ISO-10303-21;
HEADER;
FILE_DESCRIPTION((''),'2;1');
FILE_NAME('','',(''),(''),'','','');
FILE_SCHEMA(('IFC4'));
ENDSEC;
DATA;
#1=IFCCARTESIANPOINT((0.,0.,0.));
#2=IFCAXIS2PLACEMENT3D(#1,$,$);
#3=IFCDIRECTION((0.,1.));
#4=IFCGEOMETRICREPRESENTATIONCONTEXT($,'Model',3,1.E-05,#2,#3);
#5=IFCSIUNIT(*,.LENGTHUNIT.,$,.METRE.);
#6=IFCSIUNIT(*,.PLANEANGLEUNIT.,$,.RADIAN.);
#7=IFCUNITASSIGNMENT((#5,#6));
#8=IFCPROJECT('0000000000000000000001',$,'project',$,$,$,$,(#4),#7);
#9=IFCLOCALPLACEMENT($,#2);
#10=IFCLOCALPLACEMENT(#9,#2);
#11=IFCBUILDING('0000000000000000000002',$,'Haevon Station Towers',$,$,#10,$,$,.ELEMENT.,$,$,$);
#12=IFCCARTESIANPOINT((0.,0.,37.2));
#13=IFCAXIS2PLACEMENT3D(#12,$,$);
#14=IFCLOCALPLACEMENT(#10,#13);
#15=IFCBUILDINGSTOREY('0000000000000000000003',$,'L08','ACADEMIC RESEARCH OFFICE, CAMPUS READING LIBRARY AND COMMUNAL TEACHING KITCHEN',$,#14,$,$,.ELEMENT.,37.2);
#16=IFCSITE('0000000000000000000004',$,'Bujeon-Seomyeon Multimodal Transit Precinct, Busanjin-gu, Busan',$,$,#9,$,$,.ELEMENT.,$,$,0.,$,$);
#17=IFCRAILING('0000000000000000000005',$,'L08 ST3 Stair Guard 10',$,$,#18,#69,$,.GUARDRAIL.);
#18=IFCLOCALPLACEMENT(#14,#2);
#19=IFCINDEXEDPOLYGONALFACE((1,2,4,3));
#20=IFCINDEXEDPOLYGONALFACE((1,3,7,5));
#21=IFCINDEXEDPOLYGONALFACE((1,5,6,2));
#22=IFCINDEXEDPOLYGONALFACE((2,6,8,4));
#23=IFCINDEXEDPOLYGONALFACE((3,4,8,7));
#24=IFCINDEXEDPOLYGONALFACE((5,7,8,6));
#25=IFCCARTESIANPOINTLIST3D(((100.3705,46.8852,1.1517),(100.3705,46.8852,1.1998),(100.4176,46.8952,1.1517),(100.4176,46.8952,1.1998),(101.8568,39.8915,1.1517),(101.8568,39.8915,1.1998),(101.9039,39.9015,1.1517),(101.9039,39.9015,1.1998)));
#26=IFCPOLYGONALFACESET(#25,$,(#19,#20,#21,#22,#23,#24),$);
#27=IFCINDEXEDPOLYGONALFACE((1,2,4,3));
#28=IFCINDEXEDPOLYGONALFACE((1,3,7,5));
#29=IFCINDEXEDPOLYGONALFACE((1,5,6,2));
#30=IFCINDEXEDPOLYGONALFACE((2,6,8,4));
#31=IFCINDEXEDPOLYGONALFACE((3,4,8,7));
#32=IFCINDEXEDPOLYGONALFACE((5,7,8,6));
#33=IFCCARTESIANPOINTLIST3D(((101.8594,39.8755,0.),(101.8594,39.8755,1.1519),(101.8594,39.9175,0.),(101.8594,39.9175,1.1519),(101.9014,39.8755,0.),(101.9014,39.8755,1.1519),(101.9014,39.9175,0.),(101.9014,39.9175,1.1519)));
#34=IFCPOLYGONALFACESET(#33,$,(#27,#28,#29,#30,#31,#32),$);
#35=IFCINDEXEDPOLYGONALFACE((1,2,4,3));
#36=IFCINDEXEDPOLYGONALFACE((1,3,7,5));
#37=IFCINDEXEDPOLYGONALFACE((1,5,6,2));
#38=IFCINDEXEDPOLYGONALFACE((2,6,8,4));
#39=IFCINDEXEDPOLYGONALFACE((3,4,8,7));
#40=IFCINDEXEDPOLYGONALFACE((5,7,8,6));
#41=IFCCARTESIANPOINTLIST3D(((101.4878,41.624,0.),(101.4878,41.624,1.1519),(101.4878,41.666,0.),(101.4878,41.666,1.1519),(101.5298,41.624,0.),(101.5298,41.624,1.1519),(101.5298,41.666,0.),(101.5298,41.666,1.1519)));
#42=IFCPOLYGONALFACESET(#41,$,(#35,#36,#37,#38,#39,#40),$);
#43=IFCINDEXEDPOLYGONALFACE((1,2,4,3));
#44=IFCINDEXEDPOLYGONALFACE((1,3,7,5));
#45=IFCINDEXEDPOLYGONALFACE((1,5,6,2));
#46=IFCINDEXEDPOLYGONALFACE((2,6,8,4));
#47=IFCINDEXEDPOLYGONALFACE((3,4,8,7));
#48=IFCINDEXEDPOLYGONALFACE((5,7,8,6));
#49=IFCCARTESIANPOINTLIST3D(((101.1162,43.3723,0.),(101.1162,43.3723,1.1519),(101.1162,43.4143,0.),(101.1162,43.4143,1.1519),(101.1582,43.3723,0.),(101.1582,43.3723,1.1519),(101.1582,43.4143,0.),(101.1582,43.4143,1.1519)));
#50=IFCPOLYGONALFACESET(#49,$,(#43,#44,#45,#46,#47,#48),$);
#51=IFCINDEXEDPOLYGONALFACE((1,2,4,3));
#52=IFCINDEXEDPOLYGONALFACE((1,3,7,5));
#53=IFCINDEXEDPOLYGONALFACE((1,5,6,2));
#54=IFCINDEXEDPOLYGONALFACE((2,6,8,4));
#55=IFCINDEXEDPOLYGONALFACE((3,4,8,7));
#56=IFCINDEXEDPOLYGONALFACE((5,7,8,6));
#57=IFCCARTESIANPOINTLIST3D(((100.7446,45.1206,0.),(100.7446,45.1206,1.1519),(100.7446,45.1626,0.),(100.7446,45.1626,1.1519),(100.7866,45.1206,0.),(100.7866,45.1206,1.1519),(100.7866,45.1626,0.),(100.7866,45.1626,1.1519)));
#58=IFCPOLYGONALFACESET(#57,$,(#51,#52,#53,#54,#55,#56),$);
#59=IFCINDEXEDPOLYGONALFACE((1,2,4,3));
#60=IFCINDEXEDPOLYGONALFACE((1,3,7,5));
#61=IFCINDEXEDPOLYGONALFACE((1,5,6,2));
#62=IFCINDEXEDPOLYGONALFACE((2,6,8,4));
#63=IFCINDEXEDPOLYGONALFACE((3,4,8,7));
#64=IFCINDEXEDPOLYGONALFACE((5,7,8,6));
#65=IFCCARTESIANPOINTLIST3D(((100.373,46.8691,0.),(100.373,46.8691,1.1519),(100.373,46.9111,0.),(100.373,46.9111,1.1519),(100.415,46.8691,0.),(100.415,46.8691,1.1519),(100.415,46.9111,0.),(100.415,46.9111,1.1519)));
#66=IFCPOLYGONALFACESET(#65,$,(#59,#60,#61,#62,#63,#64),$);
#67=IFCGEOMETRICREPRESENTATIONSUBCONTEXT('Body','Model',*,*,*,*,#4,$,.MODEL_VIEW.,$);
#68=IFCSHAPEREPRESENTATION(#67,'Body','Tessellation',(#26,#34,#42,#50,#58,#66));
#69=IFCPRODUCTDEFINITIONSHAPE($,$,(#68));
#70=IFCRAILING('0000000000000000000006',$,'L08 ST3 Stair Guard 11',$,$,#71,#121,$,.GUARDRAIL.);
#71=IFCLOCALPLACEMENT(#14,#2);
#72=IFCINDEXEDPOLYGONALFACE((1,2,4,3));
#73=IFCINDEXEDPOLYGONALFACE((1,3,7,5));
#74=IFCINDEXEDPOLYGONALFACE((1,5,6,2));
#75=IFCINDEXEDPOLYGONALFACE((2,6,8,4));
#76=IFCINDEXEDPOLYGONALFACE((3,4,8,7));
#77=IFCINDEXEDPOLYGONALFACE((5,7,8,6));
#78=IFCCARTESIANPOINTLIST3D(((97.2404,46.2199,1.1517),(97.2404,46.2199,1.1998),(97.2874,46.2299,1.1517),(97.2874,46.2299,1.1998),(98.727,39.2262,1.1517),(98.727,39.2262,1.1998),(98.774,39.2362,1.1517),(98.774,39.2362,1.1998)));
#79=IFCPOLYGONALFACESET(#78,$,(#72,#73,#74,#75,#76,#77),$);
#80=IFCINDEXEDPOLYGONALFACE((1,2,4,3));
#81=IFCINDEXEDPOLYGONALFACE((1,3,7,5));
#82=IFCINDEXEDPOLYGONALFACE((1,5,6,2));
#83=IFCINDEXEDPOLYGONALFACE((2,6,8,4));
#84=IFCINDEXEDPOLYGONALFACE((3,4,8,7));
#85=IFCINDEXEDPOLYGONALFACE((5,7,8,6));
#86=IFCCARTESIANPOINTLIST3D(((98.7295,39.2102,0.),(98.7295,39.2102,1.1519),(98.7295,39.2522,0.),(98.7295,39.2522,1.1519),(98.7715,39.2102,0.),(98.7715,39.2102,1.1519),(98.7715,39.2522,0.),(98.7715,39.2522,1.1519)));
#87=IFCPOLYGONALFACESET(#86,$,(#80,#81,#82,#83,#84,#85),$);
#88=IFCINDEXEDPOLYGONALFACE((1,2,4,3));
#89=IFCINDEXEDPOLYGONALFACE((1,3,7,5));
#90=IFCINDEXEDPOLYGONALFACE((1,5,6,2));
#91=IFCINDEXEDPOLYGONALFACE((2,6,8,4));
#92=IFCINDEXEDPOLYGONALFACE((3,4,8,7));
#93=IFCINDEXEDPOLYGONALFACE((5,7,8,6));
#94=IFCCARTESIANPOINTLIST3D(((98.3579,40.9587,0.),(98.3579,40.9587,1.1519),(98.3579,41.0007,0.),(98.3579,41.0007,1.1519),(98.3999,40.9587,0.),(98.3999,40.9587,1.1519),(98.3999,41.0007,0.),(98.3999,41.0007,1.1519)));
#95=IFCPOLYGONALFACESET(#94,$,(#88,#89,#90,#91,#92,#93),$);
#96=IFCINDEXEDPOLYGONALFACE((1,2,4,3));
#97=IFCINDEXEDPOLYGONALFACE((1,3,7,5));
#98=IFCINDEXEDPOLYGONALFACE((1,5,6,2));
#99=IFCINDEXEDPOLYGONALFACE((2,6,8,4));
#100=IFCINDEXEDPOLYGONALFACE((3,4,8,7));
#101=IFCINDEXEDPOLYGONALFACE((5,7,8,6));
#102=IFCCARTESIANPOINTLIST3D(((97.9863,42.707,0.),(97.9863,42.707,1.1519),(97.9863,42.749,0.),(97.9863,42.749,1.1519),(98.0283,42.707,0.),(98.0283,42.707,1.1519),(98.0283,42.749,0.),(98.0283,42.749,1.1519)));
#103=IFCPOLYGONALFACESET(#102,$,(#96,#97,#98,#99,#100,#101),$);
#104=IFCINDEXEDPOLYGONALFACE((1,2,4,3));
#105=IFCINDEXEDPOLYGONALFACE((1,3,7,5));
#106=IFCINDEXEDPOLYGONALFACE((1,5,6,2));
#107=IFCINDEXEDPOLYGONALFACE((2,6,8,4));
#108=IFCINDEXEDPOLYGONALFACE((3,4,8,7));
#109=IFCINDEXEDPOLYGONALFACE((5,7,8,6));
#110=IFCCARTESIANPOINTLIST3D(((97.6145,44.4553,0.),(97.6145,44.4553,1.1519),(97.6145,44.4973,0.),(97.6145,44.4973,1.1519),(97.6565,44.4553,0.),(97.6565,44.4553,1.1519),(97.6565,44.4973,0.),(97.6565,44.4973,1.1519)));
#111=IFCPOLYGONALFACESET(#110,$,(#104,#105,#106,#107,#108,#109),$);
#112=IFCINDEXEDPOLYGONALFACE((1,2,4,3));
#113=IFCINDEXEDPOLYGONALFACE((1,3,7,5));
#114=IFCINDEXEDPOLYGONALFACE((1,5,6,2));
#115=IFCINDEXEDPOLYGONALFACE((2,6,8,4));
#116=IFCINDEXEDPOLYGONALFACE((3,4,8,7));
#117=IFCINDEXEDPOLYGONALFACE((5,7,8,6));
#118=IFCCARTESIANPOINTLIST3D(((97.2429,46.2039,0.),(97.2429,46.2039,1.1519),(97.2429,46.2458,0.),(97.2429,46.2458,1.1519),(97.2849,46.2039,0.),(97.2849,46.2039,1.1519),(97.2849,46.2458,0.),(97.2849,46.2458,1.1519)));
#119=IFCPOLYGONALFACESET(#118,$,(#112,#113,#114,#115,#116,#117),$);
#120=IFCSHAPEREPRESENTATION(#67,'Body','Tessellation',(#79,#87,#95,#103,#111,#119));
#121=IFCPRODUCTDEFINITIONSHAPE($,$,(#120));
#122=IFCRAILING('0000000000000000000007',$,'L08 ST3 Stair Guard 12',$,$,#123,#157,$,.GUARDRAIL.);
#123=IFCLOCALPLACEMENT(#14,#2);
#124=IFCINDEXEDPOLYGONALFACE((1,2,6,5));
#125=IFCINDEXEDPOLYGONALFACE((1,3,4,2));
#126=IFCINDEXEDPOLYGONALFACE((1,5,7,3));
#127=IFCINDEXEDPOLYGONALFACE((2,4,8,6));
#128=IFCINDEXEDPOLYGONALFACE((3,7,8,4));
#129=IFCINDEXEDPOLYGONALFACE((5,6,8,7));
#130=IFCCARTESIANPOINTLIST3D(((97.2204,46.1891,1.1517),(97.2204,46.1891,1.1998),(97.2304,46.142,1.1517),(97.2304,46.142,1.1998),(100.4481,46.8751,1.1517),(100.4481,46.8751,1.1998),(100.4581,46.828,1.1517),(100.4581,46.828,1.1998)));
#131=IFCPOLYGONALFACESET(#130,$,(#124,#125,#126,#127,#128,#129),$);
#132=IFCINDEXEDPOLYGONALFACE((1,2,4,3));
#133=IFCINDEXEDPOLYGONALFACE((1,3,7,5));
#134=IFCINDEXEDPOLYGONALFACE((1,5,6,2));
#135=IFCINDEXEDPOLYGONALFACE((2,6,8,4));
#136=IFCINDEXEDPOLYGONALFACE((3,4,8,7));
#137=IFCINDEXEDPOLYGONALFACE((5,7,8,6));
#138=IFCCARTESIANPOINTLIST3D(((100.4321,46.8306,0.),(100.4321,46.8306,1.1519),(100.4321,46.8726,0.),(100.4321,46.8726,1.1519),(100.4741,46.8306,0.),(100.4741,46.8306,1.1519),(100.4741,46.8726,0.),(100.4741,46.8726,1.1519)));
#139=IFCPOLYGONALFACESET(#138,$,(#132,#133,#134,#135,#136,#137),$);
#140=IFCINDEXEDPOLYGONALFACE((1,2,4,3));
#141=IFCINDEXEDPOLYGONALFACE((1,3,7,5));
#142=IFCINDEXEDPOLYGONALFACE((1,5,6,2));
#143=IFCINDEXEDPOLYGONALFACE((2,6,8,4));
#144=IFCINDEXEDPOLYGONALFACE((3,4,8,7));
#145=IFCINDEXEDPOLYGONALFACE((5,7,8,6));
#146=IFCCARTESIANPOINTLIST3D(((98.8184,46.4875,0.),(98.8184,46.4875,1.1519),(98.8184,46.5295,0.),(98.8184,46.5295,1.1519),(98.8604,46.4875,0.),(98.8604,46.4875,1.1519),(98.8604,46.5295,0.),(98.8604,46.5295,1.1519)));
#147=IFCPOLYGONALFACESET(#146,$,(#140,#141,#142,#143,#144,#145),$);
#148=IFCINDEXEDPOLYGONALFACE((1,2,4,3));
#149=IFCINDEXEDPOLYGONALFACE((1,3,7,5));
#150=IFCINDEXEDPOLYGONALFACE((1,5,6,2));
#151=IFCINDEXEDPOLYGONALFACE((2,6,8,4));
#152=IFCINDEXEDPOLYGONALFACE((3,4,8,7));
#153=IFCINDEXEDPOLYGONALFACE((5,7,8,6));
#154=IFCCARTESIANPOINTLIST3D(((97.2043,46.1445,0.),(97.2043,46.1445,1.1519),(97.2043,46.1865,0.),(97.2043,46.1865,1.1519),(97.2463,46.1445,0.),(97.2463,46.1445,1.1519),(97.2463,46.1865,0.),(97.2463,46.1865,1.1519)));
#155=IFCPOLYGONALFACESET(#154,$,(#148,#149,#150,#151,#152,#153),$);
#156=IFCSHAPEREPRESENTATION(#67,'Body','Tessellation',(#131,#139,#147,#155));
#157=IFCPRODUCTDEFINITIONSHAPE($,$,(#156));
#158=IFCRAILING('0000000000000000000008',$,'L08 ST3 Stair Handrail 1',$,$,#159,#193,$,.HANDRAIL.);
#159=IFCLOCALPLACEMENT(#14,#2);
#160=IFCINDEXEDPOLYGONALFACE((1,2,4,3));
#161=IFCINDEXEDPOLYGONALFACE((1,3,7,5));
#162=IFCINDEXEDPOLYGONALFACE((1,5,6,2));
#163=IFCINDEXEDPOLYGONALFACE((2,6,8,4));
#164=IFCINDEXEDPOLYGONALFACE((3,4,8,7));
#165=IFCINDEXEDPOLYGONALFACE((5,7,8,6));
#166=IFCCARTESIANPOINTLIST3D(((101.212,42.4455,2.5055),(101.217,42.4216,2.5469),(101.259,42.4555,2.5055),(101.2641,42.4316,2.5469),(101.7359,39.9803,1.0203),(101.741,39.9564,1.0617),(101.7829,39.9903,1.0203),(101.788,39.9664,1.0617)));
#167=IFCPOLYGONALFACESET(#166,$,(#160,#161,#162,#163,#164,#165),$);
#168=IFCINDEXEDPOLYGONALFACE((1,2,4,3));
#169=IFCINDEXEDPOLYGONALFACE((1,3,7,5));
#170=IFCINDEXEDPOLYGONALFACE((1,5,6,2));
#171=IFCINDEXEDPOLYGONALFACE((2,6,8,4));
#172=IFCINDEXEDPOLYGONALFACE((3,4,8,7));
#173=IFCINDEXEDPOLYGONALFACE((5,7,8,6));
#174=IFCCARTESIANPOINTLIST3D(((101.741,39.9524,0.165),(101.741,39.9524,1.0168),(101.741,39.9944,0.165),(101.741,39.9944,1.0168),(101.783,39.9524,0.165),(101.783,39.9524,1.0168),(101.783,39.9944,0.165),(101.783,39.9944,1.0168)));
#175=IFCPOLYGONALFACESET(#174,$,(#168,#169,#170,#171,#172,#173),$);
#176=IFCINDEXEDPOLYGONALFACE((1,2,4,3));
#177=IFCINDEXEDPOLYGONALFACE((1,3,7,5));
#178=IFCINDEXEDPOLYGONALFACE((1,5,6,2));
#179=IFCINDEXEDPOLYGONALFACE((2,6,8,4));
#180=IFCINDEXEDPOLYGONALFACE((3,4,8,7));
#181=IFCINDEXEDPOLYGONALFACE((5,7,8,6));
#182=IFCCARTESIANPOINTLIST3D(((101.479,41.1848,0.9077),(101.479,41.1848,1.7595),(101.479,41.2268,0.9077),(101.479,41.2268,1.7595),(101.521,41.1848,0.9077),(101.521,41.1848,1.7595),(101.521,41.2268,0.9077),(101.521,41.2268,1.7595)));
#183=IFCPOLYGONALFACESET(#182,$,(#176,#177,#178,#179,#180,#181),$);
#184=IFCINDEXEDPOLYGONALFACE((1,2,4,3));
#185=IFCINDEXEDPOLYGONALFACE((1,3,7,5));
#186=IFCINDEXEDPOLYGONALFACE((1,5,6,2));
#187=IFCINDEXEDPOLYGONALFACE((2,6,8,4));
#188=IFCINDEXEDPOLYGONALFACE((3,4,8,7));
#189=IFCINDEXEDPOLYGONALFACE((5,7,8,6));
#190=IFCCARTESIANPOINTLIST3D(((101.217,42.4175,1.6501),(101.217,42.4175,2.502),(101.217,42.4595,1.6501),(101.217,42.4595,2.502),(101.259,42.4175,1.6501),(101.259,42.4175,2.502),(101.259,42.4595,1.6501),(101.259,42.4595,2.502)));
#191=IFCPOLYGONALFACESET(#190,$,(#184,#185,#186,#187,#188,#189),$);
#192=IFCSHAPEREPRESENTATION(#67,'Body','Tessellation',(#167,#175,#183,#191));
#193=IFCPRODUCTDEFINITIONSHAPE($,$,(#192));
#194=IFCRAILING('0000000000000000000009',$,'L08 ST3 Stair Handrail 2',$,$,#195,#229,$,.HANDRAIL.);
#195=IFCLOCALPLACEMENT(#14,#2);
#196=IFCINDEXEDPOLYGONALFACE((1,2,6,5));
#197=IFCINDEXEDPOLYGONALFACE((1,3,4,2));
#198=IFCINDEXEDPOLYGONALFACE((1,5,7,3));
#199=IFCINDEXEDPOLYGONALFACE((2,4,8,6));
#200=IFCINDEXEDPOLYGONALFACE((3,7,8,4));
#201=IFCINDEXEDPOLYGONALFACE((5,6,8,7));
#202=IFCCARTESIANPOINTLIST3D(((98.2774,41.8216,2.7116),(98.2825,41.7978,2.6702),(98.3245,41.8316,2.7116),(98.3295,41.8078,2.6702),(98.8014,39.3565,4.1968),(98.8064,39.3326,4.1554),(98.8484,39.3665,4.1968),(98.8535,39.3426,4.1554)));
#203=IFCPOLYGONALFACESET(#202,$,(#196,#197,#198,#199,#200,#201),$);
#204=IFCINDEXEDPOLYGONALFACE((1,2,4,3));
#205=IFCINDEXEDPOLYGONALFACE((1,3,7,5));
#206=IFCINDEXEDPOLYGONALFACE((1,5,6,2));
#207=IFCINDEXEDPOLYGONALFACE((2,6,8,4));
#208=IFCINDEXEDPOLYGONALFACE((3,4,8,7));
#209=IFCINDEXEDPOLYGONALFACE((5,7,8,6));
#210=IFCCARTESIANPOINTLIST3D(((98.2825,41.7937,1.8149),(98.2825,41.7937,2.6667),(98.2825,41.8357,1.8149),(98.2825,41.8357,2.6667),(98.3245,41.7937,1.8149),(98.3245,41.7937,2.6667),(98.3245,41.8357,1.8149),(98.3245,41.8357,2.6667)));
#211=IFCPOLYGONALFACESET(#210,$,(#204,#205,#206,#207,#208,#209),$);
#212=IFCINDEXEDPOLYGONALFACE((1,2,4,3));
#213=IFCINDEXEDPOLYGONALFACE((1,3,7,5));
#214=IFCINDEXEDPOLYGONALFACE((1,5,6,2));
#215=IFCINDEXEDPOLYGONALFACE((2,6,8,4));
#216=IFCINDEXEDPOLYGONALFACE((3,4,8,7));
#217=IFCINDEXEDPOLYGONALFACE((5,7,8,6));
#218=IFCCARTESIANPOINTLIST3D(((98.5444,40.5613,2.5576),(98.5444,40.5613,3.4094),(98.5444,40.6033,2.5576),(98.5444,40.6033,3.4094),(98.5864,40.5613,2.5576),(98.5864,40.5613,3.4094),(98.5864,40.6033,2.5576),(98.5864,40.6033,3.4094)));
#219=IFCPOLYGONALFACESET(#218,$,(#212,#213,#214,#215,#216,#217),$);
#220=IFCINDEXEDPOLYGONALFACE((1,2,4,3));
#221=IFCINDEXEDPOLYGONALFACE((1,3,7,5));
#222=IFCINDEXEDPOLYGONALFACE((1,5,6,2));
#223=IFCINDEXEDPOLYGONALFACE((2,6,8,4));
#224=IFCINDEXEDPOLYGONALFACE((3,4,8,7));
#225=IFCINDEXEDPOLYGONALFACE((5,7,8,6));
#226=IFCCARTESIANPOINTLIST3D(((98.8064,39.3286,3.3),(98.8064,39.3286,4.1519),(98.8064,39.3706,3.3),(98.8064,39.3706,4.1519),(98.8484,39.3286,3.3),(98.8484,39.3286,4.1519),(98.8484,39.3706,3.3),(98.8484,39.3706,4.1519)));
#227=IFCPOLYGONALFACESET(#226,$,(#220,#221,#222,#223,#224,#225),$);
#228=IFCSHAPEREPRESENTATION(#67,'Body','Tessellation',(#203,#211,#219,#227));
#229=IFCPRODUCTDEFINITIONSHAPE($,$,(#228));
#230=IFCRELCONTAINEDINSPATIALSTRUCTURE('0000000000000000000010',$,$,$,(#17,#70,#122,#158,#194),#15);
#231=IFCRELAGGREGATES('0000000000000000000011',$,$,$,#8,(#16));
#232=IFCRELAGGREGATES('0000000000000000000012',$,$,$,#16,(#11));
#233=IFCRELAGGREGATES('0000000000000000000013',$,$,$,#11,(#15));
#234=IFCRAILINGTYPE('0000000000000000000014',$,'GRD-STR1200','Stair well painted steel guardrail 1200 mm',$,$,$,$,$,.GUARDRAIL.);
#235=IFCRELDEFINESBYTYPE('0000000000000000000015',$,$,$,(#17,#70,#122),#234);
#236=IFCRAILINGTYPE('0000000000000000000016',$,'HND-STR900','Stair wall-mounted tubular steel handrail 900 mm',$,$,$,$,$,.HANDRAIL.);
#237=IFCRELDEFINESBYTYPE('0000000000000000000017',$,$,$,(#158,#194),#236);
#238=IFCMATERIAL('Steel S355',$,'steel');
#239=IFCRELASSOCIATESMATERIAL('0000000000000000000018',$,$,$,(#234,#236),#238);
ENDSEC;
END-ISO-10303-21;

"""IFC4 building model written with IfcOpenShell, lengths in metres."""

from ifc_helpers import new_model, si_unit, direction, frame, origin, origin_2d, place, context, subcontext, project, spatial, rectangle, extrude, material, type_object, element, save


model = new_model("IFC4")

# Units and contexts
model_context = context("Model", 3, precision=1e-05, world=origin(), true_north=direction((0.0, 1.0)))
body_context = subcontext(model_context, "Body", "Model", "MODEL_VIEW")
ifc_project = project(units=[si_unit("LENGTHUNIT", "METRE"), si_unit("PLANEANGLEUNIT", "RADIAN")], contexts=[model_context])

# Site, building, storey
site_placement = place(None, origin())
site = spatial("IfcSite", under=ifc_project, at=site_placement, Name="Bujeon-Seomyeon Multimodal Transit Precinct, Busanjin-gu, Busan", CompositionType="ELEMENT", RefElevation=0.0)
building_placement = place(site_placement, origin())
building = spatial("IfcBuilding", under=site, at=building_placement, Name="Haevon Station Towers", CompositionType="ELEMENT")
storey_placement = place(building_placement, frame((0.0, 0.0, 37.2)))
storey = spatial("IfcBuildingStorey", under=building, at=storey_placement, Name="L08", Description="ACADEMIC RESEARCH OFFICE, CAMPUS READING LIBRARY AND COMMUNAL TEACHING KITCHEN", CompositionType="ELEMENT", Elevation=37.2)

# Shared definitions
ifc_material_1 = material(Name="Steel S355", Category="steel")

# Railings
railing_type_1 = type_object("IfcRailingType", Name="GRD-STR1200", Description="Stair well painted steel guardrail 1200 mm", PredefinedType="GUARDRAIL", material=ifc_material_1)
railing_1_placement = place(storey_placement, frame((101.8804, 39.8965, 0.0)))
element("IfcRailing", 1, at=railing_1_placement, inside=storey, type_object=railing_type_1, Name="L08 ST3 Stair Guard 10", PredefinedType="GUARDRAIL", context=body_context, shape_type="SweptSolid", body=[
    extrude(rectangle(XDim=0.0481, YDim=0.0481, at=origin_2d()), frame((0.0, 0.0, 1.1758), z_axis=(-0.207882, 0.978154, 0.0), x_axis=(-0.978154, -0.207882, 0.0)), (0.0, 0.0, 1.0), 7.1499),
    extrude(rectangle(XDim=0.042, YDim=0.042, at=origin_2d()), origin(), (0.0, 0.0, 1.0), 1.1519),
    extrude(rectangle(XDim=0.042, YDim=0.042, at=origin_2d()), frame((-0.3716, 1.7485, 0.0)), (0.0, 0.0, 1.0), 1.1519),
    extrude(rectangle(XDim=0.042, YDim=0.042, at=origin_2d()), frame((-0.7432, 3.4968, 0.0)), (0.0, 0.0, 1.0), 1.1519),
    extrude(rectangle(XDim=0.042, YDim=0.042, at=origin_2d()), frame((-1.1147, 5.2451, 0.0)), (0.0, 0.0, 1.0), 1.1519),
    extrude(rectangle(XDim=0.042, YDim=0.042, at=origin_2d()), frame((-1.4863, 6.9937, 0.0)), (0.0, 0.0, 1.0), 1.1519),
])
railing_2_placement = place(storey_placement, frame((98.7505, 39.2312, 0.0)))
element("IfcRailing", 2, at=railing_2_placement, inside=storey, type_object=railing_type_1, Name="L08 ST3 Stair Guard 11", PredefinedType="GUARDRAIL", context=body_context, shape_type="SweptSolid", body=[
    extrude(rectangle(XDim=0.0481, YDim=0.0481, at=origin_2d()), frame((0.0, 0.0, 1.1758), z_axis=(-0.207915, 0.978147, 0.0), x_axis=(-0.978147, -0.207915, 0.0)), (0.0, 0.0, 1.0), 7.1499),
    extrude(rectangle(XDim=0.042, YDim=0.042, at=origin_2d()), origin(), (0.0, 0.0, 1.0), 1.1519),
    extrude(rectangle(XDim=0.042, YDim=0.042, at=origin_2d()), frame((-0.3716, 1.7485, 0.0)), (0.0, 0.0, 1.0), 1.1519),
    extrude(rectangle(XDim=0.042, YDim=0.042, at=origin_2d()), frame((-0.7432, 3.4968, 0.0)), (0.0, 0.0, 1.0), 1.1519),
    extrude(rectangle(XDim=0.042, YDim=0.042, at=origin_2d()), frame((-1.115, 5.2451, 0.0)), (0.0, 0.0, 1.0), 1.1519),
    extrude(rectangle(XDim=0.042, YDim=0.042, at=origin_2d()), frame((-1.4866, 6.9937, 0.0)), (0.0, 0.0, 1.0), 1.1519),
])
railing_3_placement = place(storey_placement, frame((100.4531, 46.8516, 0.0)))
element("IfcRailing", 3, at=railing_3_placement, inside=storey, type_object=railing_type_1, Name="L08 ST3 Stair Guard 12", PredefinedType="GUARDRAIL", context=body_context, shape_type="SweptSolid", body=[
    extrude(rectangle(XDim=0.0481, YDim=0.0481, at=origin_2d()), frame((0.0, 0.0, 1.1758), z_axis=(-0.978151, -0.207897, 0.0), x_axis=(0.207897, -0.978151, 0.0)), (0.0, 0.0, 1.0), 3.2998),
    extrude(rectangle(XDim=0.042, YDim=0.042, at=origin_2d()), origin(), (0.0, 0.0, 1.0), 1.1519),
    extrude(rectangle(XDim=0.042, YDim=0.042, at=origin_2d()), frame((-1.6138, -0.343, 0.0)), (0.0, 0.0, 1.0), 1.1519),
    extrude(rectangle(XDim=0.042, YDim=0.042, at=origin_2d()), frame((-3.2278, -0.686, 0.0)), (0.0, 0.0, 1.0), 1.1519),
])
railing_type_2 = type_object("IfcRailingType", Name="HND-STR900", Description="Stair wall-mounted tubular steel handrail 900 mm", PredefinedType="HANDRAIL", material=ifc_material_1)
railing_4_placement = place(storey_placement, frame((101.762, 39.9734, 0.165)))
element("IfcRailing", 4, at=railing_4_placement, inside=storey, type_object=railing_type_2, Name="L08 ST3 Stair Handrail 1", PredefinedType="HANDRAIL", context=body_context, shape_type="SweptSolid", body=[
    extrude(rectangle(XDim=0.0481, YDim=0.0481, at=origin_2d()), frame((0.0, 0.0, 0.876), z_axis=(-0.179109, 0.842712, 0.507697), x_axis=(-0.978151, -0.207895, 0.0)), (0.0, 0.0, 1.0), 2.9253),
    extrude(rectangle(XDim=0.042, YDim=0.042, at=origin_2d()), origin(), (0.0, 0.0, 1.0), 0.8518),
    extrude(rectangle(XDim=0.042, YDim=0.042, at=origin_2d()), frame((-0.262, 1.2324, 0.7427)), (0.0, 0.0, 1.0), 0.8518),
    extrude(rectangle(XDim=0.042, YDim=0.042, at=origin_2d()), frame((-0.5239, 2.4651, 1.4851)), (0.0, 0.0, 1.0), 0.8518),
])
railing_5_placement = place(storey_placement, frame((98.3035, 41.8147, 1.8149)))
element("IfcRailing", 5, at=railing_5_placement, inside=storey, type_object=railing_type_2, Name="L08 ST3 Stair Handrail 2", PredefinedType="HANDRAIL", context=body_context, shape_type="SweptSolid", body=[
    extrude(rectangle(XDim=0.0481, YDim=0.0481, at=origin_2d()), frame((0.0, 0.0, 0.876), z_axis=(0.179109, -0.842712, 0.507697), x_axis=(0.978151, 0.207895, 0.0)), (0.0, 0.0, 1.0), 2.9253),
    extrude(rectangle(XDim=0.042, YDim=0.042, at=origin_2d()), origin(), (0.0, 0.0, 1.0), 0.8518),
    extrude(rectangle(XDim=0.042, YDim=0.042, at=origin_2d()), frame((0.262, -1.2324, 0.7427)), (0.0, 0.0, 1.0), 0.8518),
    extrude(rectangle(XDim=0.042, YDim=0.042, at=origin_2d()), frame((0.5239, -2.4651, 1.4851)), (0.0, 0.0, 1.0), 0.8518),
])

save(model, "model.ifc")
